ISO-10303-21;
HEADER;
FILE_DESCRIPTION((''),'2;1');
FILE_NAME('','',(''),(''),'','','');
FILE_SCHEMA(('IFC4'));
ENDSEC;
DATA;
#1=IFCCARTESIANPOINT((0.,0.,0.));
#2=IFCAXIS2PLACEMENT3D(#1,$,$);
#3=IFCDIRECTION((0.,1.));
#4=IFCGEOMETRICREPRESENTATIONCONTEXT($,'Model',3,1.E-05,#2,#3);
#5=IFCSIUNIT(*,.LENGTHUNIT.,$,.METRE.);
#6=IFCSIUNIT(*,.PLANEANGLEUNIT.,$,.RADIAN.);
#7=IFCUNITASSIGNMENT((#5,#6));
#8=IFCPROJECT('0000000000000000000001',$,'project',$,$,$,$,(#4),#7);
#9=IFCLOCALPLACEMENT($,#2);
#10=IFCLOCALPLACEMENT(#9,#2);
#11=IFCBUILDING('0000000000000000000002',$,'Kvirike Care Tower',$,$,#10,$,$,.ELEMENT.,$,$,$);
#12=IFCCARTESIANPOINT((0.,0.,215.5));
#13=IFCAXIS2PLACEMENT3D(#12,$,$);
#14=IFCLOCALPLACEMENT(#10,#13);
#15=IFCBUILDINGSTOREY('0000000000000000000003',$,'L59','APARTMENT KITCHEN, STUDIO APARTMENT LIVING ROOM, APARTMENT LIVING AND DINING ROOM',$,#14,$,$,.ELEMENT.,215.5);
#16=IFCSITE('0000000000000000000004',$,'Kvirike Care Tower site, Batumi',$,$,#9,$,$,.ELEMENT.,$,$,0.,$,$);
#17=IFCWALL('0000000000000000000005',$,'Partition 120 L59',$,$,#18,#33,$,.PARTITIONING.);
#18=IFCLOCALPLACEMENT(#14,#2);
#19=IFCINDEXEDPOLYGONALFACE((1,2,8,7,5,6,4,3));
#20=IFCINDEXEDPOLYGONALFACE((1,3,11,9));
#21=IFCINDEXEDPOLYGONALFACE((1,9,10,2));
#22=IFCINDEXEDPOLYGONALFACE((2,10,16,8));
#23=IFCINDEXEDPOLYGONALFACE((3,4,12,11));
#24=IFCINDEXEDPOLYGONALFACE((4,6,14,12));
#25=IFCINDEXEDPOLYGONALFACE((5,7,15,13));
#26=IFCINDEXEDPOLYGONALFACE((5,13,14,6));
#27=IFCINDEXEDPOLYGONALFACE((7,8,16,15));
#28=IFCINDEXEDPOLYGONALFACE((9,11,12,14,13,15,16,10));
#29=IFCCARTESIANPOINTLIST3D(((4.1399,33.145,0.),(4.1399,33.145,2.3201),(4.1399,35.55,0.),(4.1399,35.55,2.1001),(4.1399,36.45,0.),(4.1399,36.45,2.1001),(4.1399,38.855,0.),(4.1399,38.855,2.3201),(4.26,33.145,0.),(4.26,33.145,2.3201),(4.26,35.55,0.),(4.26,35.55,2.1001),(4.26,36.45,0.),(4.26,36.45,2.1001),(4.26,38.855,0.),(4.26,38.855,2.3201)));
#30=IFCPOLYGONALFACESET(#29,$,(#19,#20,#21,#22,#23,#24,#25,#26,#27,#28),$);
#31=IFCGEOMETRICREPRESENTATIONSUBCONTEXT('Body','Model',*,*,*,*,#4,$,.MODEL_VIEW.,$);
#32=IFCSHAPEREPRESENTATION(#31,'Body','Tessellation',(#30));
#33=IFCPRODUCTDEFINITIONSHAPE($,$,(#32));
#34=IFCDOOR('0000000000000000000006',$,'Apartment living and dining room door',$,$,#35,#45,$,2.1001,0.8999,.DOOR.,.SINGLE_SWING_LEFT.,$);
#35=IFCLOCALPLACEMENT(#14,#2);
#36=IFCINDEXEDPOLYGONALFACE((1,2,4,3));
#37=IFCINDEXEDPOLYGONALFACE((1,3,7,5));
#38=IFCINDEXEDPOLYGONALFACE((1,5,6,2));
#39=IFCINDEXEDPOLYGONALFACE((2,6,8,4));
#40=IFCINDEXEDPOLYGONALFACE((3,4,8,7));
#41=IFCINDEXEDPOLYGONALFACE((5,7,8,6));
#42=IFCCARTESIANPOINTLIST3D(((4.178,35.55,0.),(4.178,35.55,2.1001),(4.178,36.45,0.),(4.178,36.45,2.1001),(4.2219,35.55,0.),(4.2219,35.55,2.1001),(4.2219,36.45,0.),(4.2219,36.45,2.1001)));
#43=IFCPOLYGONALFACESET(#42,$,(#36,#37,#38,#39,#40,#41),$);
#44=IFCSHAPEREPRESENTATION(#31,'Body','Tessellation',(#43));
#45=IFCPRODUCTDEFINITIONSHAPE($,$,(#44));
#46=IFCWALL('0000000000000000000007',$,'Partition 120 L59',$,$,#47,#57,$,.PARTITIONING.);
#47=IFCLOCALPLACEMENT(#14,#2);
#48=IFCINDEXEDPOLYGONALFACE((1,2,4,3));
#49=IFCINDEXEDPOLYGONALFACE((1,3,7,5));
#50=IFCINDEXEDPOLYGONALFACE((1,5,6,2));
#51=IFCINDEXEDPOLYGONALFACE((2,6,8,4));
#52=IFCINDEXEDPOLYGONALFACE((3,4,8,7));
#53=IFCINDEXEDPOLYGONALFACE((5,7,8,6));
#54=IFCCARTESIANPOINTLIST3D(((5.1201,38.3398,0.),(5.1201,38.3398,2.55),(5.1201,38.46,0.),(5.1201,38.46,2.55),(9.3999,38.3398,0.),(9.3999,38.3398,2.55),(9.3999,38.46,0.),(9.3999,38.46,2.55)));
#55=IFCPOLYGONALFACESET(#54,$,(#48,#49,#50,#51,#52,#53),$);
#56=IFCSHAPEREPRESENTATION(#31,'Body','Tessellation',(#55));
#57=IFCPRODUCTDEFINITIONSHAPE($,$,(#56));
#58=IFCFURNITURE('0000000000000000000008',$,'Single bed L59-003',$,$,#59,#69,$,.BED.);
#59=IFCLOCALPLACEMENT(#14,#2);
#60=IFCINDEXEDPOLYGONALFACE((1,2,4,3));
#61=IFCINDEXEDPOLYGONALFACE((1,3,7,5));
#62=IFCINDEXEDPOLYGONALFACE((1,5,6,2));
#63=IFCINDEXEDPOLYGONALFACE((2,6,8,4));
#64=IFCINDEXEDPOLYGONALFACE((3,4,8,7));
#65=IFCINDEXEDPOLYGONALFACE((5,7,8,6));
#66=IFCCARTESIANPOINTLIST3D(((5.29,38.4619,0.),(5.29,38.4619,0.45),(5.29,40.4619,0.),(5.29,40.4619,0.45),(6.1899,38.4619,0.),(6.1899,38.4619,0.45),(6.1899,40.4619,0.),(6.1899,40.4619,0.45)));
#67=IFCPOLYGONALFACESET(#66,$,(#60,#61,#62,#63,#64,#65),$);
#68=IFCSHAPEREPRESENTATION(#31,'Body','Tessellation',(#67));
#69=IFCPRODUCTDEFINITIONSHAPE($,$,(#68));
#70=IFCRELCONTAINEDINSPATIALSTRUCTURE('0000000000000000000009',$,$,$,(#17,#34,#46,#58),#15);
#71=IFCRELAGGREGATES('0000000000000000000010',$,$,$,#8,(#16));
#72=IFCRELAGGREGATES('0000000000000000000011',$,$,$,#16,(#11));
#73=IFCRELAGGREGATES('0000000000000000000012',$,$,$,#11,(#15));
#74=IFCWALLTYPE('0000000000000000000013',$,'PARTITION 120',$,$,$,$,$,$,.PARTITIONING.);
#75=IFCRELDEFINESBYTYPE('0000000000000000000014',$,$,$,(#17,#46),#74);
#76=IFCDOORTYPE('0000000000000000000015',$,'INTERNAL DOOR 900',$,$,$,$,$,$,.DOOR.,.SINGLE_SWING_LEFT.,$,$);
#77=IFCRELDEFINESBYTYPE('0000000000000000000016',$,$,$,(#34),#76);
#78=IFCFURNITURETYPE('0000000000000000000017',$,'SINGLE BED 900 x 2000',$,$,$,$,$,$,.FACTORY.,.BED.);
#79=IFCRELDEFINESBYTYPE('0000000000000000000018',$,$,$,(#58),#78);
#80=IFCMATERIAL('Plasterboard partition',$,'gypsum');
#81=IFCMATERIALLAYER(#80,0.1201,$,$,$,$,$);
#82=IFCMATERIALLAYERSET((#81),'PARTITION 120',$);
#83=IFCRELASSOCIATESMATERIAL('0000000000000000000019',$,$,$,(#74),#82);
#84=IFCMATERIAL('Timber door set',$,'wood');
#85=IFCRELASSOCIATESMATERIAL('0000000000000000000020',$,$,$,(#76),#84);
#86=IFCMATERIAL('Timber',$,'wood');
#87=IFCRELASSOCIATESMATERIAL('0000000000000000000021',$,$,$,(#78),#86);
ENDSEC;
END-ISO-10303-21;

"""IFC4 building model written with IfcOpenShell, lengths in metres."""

from ifc_helpers import new_model, si_unit, direction, frame, frame_2d, origin, origin_2d, place, context, subcontext, project, spatial, rectangle, extrude, material, layer, layer_set, type_object, element, fill, save


model = new_model("IFC4")

# Units and contexts
model_context = context("Model", 3, precision=1e-05, world=origin(), true_north=direction((0.0, 1.0)))
body_context = subcontext(model_context, "Body", "Model", "MODEL_VIEW")
ifc_project = project(units=[si_unit("LENGTHUNIT", "METRE"), si_unit("PLANEANGLEUNIT", "RADIAN")], contexts=[model_context])

# Site, building, storey
site_placement = place(None, origin())
site = spatial("IfcSite", under=ifc_project, at=site_placement, Name="Kvirike Care Tower site, Batumi", CompositionType="ELEMENT", RefElevation=0.0)
building_placement = place(site_placement, origin())
building = spatial("IfcBuilding", under=site, at=building_placement, Name="Kvirike Care Tower", CompositionType="ELEMENT")
storey_placement = place(building_placement, frame((0.0, 0.0, 215.5)))
storey = spatial("IfcBuildingStorey", under=building, at=storey_placement, Name="L59", Description="APARTMENT KITCHEN, STUDIO APARTMENT LIVING ROOM, APARTMENT LIVING AND DINING ROOM", CompositionType="ELEMENT", Elevation=215.5)

# Wall, opening, door
ifc_material_1 = material(Name="Plasterboard partition", Category="gypsum")
ifc_layer_1 = layer(ifc_material_1, 0.1201)
ifc_layer_set_1 = layer_set([ifc_layer_1], Name="PARTITION 120")
wall_type = type_object("IfcWallType", Name="PARTITION 120", PredefinedType="PARTITIONING", material=ifc_layer_set_1)
wall_1_placement = place(storey_placement, frame((4.2, 38.855, 0.0), z_axis=(0.0, 0.0, 1.0), x_axis=(0.0, -1.0, 0.0)))
wall_1 = element("IfcWall", 1, at=wall_1_placement, inside=storey, type_object=wall_type, Name="Partition 120 L59", PredefinedType="PARTITIONING", context=body_context, shape_type="SweptSolid", body=[
    extrude(rectangle(XDim=5.71, YDim=0.1201, at=frame_2d((2.855, 0.0))), origin(), (0.0, 0.0, 1.0), 2.3201),
])
opening_placement = place(wall_1_placement, frame((2.405, 0.0, 0.0)))
opening = element("IfcOpeningElement", 2, at=opening_placement, cuts=wall_1, PredefinedType="OPENING", context=body_context, shape_type="SweptSolid", body=[
    extrude(rectangle(XDim=0.8999, YDim=2.1001, at=frame_2d((0.45, 1.05))), frame((0.0, 0.0706, 0.0), z_axis=(0.0, -1.0, 0.0), x_axis=(1.0, 0.0, 0.0)), (0.0, 0.0, 1.0), 0.1411),
])
ifc_material_2 = material(Name="Timber door set", Category="wood")
door_type = type_object("IfcDoorType", Name="INTERNAL DOOR 900", OperationType="SINGLE_SWING_LEFT", PredefinedType="DOOR", material=ifc_material_2)
door_placement = place(opening_placement, frame((0.8999, 0.0, 0.0), z_axis=(0.0, 0.0, 1.0), x_axis=(-1.0, 0.0, 0.0)))
door = element("IfcDoor", 3, at=door_placement, inside=storey, type_object=door_type, Name="Apartment living and dining room door", OperationType="SINGLE_SWING_LEFT", OverallHeight=2.1001, OverallWidth=0.8999, PredefinedType="DOOR", context=body_context, shape_type="SweptSolid", body=[
    extrude(rectangle(XDim=0.8999, YDim=2.1001, at=frame_2d((0.45, 1.05))), frame((0.0, 0.022, 0.0), z_axis=(0.0, -1.0, 0.0), x_axis=(1.0, 0.0, 0.0)), (0.0, 0.0, 1.0), 0.0439),
])
fill(opening, door)

# Wall
wall_2_placement = place(storey_placement, frame((5.1201, 38.3999, 0.0), z_axis=(0.0, 0.0, 1.0), x_axis=(1.0, 0.0, 0.0)))
element("IfcWall", 4, at=wall_2_placement, inside=storey, type_object=wall_type, Name="Partition 120 L59", PredefinedType="PARTITIONING", context=body_context, shape_type="SweptSolid", body=[
    extrude(rectangle(XDim=4.2798, YDim=0.1201, at=frame_2d((2.1399, 0.0))), origin(), (0.0, 0.0, 1.0), 2.55),
])

# Furniture
ifc_material_3 = material(Name="Timber", Category="wood")
furniture_type = type_object("IfcFurnitureType", Name="SINGLE BED 900 x 2000", AssemblyPlace="FACTORY", PredefinedType="BED", material=ifc_material_3)
furniture_placement = place(storey_placement, frame((5.74, 39.4619, 0.0), z_axis=(0.0, 0.0, 1.0), x_axis=(-1.0, 0.0, 0.0)))
element("IfcFurniture", 5, at=furniture_placement, inside=storey, type_object=furniture_type, Name="Single bed L59-003", PredefinedType="BED", context=body_context, shape_type="SweptSolid", body=[
    extrude(rectangle(XDim=0.8999, YDim=2.0, at=origin_2d()), origin(), (0.0, 0.0, 1.0), 0.45),
])

save(model, "model.ifc")
